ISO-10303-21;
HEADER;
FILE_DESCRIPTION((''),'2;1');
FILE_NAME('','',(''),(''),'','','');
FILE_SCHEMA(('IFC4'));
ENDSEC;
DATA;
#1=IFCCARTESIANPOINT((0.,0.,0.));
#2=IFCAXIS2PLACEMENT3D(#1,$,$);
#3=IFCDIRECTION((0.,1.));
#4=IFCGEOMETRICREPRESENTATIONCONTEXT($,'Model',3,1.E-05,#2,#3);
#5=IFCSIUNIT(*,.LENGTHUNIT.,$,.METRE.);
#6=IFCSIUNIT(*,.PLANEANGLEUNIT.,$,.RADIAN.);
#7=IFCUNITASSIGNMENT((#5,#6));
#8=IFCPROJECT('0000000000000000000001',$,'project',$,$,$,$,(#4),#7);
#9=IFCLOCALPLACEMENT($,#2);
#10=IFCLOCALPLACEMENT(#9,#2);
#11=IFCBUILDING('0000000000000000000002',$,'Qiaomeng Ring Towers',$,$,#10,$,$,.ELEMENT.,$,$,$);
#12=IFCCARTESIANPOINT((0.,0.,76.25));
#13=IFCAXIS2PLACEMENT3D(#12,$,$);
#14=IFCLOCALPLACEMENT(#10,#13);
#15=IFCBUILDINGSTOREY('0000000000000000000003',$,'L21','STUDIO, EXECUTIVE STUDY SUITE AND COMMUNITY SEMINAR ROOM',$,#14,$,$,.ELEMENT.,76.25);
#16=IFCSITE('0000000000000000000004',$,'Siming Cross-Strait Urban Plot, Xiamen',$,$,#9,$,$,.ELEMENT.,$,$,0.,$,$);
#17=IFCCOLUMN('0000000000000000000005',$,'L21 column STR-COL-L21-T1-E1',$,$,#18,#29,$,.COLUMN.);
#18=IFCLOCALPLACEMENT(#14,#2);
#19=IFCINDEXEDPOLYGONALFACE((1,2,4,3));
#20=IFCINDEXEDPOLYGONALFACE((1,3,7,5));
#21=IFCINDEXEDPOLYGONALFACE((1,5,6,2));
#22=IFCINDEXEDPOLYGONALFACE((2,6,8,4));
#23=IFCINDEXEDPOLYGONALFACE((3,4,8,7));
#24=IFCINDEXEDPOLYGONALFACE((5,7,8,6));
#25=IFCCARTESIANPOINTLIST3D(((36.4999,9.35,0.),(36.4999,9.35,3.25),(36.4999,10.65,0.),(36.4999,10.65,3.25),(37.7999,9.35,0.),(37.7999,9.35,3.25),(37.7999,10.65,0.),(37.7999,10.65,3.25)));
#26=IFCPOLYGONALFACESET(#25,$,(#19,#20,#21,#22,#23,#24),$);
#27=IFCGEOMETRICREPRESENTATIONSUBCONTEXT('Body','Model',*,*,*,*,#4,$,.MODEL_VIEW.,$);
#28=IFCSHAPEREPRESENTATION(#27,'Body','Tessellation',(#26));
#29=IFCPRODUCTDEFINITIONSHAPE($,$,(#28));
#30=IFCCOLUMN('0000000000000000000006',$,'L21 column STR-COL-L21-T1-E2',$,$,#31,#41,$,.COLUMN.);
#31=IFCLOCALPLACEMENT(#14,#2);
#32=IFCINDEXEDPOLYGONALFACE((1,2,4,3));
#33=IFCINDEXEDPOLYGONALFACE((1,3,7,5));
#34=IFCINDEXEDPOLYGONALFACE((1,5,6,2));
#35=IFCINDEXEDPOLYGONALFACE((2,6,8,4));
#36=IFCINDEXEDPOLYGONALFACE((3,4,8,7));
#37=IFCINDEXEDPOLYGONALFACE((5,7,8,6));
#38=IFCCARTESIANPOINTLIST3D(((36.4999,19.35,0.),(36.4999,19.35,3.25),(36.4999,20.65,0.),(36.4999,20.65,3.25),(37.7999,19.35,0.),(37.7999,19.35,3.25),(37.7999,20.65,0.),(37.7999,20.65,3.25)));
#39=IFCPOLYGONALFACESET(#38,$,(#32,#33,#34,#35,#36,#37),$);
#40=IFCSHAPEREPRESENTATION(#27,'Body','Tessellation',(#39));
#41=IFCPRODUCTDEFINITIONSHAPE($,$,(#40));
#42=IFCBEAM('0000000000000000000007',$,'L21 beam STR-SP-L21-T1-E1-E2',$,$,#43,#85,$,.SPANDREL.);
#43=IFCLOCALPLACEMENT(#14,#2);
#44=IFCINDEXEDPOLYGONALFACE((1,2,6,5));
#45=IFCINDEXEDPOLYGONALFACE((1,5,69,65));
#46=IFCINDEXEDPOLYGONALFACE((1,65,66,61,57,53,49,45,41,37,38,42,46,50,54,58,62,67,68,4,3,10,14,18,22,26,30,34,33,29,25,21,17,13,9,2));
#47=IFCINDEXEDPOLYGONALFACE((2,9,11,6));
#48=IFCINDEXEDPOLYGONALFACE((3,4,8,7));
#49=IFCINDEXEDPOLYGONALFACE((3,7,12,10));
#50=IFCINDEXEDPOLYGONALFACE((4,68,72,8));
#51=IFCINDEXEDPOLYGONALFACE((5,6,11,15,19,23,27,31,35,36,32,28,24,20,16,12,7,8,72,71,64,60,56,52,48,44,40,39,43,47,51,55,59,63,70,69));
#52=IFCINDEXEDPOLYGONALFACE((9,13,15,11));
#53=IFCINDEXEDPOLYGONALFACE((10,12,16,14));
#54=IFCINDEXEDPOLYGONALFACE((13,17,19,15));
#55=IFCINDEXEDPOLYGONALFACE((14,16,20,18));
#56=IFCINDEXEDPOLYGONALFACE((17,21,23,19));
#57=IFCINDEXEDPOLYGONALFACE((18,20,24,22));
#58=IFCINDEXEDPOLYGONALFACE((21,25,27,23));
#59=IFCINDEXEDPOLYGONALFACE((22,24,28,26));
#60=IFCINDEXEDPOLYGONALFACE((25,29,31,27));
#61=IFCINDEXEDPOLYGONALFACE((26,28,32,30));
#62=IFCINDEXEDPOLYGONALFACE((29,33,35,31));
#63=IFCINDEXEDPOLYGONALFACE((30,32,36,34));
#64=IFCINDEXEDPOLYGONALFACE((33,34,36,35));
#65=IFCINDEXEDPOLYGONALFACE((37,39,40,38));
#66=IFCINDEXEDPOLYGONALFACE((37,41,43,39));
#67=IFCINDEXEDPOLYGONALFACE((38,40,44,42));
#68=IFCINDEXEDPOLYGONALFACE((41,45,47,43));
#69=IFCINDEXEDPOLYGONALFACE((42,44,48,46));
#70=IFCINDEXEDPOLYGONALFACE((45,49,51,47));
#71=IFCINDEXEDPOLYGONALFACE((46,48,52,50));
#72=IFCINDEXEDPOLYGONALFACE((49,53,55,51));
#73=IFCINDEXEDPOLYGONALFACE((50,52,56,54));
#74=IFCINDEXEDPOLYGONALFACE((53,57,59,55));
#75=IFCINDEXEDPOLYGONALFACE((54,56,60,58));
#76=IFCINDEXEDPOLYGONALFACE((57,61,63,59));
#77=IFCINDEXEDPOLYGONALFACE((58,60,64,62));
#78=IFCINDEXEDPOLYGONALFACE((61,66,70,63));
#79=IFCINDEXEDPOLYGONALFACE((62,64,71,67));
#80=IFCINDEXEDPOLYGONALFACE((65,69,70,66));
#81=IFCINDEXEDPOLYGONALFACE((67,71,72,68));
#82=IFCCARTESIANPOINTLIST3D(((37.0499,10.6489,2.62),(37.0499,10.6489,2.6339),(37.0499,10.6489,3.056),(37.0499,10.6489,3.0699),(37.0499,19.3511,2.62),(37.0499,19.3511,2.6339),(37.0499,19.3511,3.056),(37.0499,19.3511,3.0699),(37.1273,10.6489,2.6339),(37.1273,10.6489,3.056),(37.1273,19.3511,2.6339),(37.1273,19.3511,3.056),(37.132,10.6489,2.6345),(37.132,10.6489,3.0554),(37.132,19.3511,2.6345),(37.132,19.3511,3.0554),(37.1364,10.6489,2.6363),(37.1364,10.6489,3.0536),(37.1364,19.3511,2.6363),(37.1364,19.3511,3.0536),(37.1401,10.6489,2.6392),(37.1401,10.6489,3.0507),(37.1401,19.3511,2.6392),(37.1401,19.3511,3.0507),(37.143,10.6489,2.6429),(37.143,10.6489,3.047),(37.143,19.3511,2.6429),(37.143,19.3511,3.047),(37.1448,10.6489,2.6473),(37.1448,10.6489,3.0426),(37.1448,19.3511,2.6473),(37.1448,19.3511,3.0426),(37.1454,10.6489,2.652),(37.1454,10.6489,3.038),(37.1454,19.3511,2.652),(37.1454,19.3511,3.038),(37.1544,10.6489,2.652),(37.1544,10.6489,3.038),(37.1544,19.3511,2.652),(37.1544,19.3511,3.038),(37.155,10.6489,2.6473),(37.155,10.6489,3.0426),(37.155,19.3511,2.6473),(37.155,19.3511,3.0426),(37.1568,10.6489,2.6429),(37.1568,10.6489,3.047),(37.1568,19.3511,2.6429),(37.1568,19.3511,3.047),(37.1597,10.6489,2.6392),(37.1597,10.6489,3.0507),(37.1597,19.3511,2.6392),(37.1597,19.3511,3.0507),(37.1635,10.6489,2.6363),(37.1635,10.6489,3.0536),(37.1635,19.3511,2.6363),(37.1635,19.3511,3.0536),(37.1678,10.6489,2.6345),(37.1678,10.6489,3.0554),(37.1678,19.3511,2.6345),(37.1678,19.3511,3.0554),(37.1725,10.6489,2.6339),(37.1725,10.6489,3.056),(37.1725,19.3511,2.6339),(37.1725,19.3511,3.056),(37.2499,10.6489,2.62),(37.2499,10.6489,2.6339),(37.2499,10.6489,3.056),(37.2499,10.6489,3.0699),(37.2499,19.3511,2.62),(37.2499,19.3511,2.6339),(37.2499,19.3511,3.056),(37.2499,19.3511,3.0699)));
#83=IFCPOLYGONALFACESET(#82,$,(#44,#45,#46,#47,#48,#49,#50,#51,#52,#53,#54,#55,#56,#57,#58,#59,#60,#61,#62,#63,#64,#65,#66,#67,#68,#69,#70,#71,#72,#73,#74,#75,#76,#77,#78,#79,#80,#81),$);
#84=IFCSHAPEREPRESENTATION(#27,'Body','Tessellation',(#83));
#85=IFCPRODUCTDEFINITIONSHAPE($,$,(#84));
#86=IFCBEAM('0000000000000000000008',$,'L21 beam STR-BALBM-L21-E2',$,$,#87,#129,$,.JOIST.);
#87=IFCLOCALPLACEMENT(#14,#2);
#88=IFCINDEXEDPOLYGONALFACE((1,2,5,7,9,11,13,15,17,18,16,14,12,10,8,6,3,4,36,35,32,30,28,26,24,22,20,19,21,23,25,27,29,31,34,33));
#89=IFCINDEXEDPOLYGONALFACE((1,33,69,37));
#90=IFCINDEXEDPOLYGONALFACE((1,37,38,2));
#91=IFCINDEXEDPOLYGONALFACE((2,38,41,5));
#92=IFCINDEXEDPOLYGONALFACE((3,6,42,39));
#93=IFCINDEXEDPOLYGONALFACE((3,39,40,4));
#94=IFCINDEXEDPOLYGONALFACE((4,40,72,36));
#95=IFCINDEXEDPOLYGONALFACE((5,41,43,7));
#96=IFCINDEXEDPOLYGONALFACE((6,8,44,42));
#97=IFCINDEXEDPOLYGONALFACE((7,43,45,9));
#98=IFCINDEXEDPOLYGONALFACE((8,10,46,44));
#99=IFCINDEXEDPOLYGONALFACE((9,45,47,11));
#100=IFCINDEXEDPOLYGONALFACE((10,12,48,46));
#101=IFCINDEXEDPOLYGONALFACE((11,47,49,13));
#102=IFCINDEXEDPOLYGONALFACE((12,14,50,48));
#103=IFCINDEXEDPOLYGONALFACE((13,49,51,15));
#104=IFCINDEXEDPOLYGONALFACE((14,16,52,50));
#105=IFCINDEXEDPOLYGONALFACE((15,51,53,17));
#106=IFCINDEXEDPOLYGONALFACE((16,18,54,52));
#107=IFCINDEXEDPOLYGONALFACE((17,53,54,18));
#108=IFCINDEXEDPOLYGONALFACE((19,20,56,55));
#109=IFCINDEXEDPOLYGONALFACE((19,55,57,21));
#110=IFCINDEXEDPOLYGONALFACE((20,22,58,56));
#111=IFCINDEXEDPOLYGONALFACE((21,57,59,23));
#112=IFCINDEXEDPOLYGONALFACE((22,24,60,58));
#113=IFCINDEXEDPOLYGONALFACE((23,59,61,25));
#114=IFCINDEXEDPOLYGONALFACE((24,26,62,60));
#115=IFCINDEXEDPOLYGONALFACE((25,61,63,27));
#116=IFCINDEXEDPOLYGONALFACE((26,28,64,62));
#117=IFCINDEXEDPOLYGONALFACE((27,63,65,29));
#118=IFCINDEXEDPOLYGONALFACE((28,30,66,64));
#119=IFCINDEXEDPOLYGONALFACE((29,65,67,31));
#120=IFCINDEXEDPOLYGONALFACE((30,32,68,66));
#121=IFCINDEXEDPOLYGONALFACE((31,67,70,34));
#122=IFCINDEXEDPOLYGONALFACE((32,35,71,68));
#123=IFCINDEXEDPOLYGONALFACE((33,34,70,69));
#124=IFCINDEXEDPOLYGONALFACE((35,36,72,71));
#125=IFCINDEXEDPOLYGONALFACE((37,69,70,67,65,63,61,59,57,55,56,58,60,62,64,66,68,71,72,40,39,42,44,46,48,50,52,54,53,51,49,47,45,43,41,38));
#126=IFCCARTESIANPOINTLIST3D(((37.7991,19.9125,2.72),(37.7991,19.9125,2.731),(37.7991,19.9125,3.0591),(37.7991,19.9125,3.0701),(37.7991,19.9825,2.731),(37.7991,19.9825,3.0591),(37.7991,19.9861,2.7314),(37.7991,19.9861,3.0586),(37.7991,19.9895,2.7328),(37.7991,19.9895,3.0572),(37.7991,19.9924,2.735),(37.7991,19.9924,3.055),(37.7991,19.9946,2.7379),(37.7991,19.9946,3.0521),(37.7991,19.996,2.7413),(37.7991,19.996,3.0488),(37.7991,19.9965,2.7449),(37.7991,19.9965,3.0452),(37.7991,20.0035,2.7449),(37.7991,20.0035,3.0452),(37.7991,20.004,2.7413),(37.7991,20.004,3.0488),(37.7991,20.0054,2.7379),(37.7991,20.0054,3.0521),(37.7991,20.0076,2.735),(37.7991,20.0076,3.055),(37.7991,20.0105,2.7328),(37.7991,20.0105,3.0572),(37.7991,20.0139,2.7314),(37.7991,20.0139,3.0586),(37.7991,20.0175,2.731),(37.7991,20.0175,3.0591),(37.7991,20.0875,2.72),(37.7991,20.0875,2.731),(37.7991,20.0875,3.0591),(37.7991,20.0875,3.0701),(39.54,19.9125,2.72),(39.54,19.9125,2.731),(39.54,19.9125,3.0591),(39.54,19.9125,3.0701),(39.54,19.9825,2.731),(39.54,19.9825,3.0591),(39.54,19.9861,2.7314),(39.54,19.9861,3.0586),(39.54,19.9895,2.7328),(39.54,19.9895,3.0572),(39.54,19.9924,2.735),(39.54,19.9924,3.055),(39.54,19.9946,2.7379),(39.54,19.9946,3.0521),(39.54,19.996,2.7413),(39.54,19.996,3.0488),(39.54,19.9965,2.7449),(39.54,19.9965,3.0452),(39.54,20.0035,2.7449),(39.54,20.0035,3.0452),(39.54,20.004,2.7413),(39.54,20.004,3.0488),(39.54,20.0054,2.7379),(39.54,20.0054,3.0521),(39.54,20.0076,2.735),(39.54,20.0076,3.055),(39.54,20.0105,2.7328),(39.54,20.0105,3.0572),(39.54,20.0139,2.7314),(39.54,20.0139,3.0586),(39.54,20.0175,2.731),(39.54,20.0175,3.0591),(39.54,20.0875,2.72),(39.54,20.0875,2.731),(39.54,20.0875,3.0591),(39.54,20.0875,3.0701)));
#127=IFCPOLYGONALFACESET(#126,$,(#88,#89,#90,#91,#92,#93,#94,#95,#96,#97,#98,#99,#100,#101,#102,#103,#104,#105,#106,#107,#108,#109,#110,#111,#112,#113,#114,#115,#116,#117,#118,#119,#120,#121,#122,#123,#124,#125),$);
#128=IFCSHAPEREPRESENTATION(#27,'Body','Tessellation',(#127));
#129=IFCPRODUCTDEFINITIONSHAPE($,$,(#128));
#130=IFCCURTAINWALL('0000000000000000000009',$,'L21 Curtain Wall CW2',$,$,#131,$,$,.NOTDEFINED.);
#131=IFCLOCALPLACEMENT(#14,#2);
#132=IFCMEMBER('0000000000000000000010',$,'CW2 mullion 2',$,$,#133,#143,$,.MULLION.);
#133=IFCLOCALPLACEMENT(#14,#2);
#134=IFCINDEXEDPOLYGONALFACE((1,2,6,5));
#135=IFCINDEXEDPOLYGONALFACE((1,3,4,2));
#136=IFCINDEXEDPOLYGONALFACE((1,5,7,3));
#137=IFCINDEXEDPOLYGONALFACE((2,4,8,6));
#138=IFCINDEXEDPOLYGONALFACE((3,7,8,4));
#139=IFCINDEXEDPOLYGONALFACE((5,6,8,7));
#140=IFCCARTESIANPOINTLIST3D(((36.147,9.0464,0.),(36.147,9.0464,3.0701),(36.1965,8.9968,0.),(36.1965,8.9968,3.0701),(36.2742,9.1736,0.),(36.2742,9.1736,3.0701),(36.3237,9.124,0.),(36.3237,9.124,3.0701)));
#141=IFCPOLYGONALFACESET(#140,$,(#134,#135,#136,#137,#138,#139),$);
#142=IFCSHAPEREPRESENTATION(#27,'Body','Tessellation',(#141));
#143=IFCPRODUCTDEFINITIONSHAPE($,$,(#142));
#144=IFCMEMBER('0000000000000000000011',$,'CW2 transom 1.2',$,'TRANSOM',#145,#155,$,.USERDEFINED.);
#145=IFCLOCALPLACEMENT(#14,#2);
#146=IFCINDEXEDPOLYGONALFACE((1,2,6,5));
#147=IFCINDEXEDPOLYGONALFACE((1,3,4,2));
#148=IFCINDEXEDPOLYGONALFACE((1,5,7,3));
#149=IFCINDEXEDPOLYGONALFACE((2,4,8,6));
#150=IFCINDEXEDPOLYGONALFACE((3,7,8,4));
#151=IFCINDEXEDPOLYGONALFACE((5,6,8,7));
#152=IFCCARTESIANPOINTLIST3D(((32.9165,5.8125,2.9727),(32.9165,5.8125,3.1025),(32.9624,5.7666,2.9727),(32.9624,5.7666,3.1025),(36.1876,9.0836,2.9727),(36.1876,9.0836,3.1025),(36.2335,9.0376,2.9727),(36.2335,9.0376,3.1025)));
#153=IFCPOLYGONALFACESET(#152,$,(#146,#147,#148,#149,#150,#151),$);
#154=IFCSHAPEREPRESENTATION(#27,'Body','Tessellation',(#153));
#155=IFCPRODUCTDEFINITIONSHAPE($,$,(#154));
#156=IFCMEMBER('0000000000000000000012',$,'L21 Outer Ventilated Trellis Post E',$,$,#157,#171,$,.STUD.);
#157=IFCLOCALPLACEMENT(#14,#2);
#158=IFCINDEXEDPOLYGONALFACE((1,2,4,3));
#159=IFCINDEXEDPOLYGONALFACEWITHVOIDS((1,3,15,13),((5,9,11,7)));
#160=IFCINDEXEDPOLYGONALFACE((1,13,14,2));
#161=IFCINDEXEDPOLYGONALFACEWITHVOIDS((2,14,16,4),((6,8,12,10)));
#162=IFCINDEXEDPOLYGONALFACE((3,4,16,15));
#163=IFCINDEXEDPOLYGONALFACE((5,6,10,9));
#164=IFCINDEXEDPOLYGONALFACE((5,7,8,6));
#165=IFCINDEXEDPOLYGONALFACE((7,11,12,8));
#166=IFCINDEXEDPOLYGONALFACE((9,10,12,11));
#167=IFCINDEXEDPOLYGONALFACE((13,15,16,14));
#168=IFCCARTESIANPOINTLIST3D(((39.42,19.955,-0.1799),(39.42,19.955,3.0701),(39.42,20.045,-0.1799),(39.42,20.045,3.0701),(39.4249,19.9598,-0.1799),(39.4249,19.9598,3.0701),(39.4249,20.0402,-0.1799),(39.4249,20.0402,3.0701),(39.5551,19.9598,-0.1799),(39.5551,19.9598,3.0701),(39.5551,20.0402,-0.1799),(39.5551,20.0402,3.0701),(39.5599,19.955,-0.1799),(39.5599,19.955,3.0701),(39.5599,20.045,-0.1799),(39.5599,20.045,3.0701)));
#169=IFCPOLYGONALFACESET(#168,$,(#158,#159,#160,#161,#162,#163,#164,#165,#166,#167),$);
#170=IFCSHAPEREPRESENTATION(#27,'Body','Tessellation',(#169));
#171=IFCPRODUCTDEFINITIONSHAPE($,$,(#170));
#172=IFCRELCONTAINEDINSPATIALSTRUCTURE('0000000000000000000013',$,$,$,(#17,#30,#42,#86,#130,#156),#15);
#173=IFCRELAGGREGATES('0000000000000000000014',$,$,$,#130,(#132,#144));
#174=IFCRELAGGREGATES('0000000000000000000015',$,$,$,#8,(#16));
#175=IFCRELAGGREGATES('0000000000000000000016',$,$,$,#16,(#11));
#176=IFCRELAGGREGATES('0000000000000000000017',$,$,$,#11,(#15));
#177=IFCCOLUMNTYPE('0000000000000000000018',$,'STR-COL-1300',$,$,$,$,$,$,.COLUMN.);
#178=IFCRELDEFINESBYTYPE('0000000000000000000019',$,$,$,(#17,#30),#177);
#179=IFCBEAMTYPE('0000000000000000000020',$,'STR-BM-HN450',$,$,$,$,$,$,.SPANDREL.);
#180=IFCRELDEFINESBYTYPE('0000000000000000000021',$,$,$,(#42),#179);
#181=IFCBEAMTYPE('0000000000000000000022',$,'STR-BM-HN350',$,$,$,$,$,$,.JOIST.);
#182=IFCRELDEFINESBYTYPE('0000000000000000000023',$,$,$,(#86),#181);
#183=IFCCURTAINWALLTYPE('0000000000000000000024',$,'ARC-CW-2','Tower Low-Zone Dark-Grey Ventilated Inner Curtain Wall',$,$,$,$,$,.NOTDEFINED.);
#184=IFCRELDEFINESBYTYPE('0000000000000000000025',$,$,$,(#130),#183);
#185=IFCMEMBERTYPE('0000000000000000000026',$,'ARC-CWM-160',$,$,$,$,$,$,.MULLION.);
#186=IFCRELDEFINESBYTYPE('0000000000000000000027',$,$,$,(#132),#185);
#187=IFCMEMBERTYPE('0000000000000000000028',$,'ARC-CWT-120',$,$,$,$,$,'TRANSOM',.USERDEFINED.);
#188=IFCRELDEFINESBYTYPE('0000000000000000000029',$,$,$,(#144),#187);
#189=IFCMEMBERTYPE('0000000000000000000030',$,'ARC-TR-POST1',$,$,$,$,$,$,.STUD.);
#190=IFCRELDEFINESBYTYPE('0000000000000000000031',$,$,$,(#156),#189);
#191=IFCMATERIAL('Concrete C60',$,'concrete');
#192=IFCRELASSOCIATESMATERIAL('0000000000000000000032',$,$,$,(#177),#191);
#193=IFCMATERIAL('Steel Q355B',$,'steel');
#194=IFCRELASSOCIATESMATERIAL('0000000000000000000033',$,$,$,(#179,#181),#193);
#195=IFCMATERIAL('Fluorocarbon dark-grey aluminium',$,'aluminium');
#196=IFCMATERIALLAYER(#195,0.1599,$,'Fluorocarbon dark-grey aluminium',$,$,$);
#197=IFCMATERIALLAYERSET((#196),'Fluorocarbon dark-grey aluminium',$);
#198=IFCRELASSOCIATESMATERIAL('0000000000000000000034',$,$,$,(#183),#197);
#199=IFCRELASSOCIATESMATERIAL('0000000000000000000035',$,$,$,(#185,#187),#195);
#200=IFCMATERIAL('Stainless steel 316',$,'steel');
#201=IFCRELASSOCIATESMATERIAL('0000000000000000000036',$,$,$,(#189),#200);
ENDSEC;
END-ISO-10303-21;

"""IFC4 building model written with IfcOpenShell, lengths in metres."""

from ifc_helpers import new_model, si_unit, direction, frame, origin, origin_2d, place, context, subcontext, project, spatial, rectangle, hollow_rectangle, i_section, extrude, source, transform, mapped, material, layer, layer_set, material_profile, profile_set, type_object, element, aggregate, save


model = new_model("IFC4")

# Units and contexts
model_context = context("Model", 3, precision=1e-05, world=origin(), true_north=direction((0.0, 1.0)))
body_context = subcontext(model_context, "Body", "Model", "MODEL_VIEW")
ifc_project = project(units=[si_unit("LENGTHUNIT", "METRE"), si_unit("PLANEANGLEUNIT", "RADIAN")], contexts=[model_context])

# Site, building, storey
site_placement = place(None, origin())
site = spatial("IfcSite", under=ifc_project, at=site_placement, Name="Siming Cross-Strait Urban Plot, Xiamen", CompositionType="ELEMENT", RefElevation=0.0)
building_placement = place(site_placement, origin())
building = spatial("IfcBuilding", under=site, at=building_placement, Name="Qiaomeng Ring Towers", CompositionType="ELEMENT")
storey_placement = place(building_placement, frame((0.0, 0.0, 76.25)))
storey = spatial("IfcBuildingStorey", under=building, at=storey_placement, Name="L21", Description="STUDIO, EXECUTIVE STUDY SUITE AND COMMUNITY SEMINAR ROOM", CompositionType="ELEMENT", Elevation=76.25)

# Columns
ifc_material_1 = material(Name="Concrete C60", Category="concrete")
ifc_material_profile_1 = material_profile(ifc_material_1, rectangle(XDim=1.3, YDim=1.3, at=origin_2d()), Name="RC COL 1300x1300")
ifc_profile_set_1 = profile_set([ifc_material_profile_1], Name="Concrete C60")
column_type = type_object("IfcColumnType", Name="STR-COL-1300", PredefinedType="COLUMN", material=ifc_profile_set_1)
shared_shape_1 = source(origin(), body_context, "Body", "SweptSolid", [
    extrude(rectangle(XDim=1.3, YDim=1.3, at=origin_2d()), origin(), (0.0, 0.0, 1.0), 3.25),
])
for number, where, z_axis, x_axis, name in (
    (1, (37.1499, 10.0, 0.0), (0.0, 0.0, 1.0), (1.0, 0.0, 0.0), "L21 column STR-COL-L21-T1-E1"),
    (2, (37.1499, 20.0, 0.0), (0.0, 0.0, 1.0), (1.0, 0.0, 0.0), "L21 column STR-COL-L21-T1-E2"),
):
    element("IfcColumn", number, at=place(storey_placement, frame(where, z_axis=z_axis, x_axis=x_axis)), inside=storey, type_object=column_type, Name=name, PredefinedType="COLUMN", context=body_context, shape_type="MappedRepresentation", body=[
        mapped(shared_shape_1, transform((0.0, 0.0, 0.0), x_axis=(1.0, 0.0, 0.0), y_axis=(0.0, 1.0, 0.0), z_axis=(0.0, 0.0, 1.0), scale=1.0)),
    ])

# Beams
ifc_material_2 = material(Name="Steel Q355B", Category="steel")
ifc_material_profile_2 = material_profile(ifc_material_2, i_section(OverallWidth=0.2, OverallDepth=0.45, WebThickness=0.009, FlangeThickness=0.0139, FilletRadius=0.0181, at=origin_2d()), Name="HN 450x200x9x14")
ifc_profile_set_2 = profile_set([ifc_material_profile_2], Name="Steel Q355B")
beam_type_1 = type_object("IfcBeamType", Name="STR-BM-HN450", PredefinedType="SPANDREL", material=ifc_profile_set_2)
shared_shape_2 = source(origin(), body_context, "Body", "SweptSolid", [
    extrude(i_section(OverallWidth=0.2, OverallDepth=0.45, WebThickness=0.009, FlangeThickness=0.0139, FilletRadius=0.0181, at=origin_2d()), origin(), (0.0, 0.0, 1.0), 8.7021),
])
beam_1_placement = place(storey_placement, frame((37.1499, 10.6489, 2.845), z_axis=(0.0, 1.0, 0.0), x_axis=(-1.0, 0.0, 0.0)))
element("IfcBeam", 3, at=beam_1_placement, inside=storey, type_object=beam_type_1, Name="L21 beam STR-SP-L21-T1-E1-E2", PredefinedType="SPANDREL", context=body_context, shape_type="MappedRepresentation", body=[
    mapped(shared_shape_2, transform((0.0, 0.0, 0.0), x_axis=(1.0, 0.0, 0.0), y_axis=(0.0, 1.0, 0.0), z_axis=(0.0, 0.0, 1.0), scale=1.0)),
])
ifc_material_profile_3 = material_profile(ifc_material_2, i_section(OverallWidth=0.175, OverallDepth=0.3501, WebThickness=0.0071, FlangeThickness=0.011, FilletRadius=0.0139, at=origin_2d()), Name="HN 350x175x7x11")
ifc_profile_set_3 = profile_set([ifc_material_profile_3], Name="Steel Q355B")
beam_type_2 = type_object("IfcBeamType", Name="STR-BM-HN350", PredefinedType="JOIST", material=ifc_profile_set_3)
shared_shape_3 = source(origin(), body_context, "Body", "SweptSolid", [
    extrude(i_section(OverallWidth=0.175, OverallDepth=0.3501, WebThickness=0.0071, FlangeThickness=0.011, FilletRadius=0.0139, at=origin_2d()), origin(), (0.0, 0.0, 1.0), 1.741),
])
beam_2_placement = place(storey_placement, frame((37.7991, 20.0, 2.895), z_axis=(1.0, 0.0, 0.0), x_axis=(0.0, 1.0, 0.0)))
element("IfcBeam", 4, at=beam_2_placement, inside=storey, type_object=beam_type_2, Name="L21 beam STR-BALBM-L21-E2", PredefinedType="JOIST", context=body_context, shape_type="MappedRepresentation", body=[
    mapped(shared_shape_3, transform((0.0, 0.0, 0.0), x_axis=(1.0, 0.0, 0.0), y_axis=(0.0, 1.0, 0.0), z_axis=(0.0, 0.0, 1.0), scale=1.0)),
])

# Curtain wall, members
ifc_material_3 = material(Name="Fluorocarbon dark-grey aluminium", Category="aluminium")
ifc_layer_1 = layer(ifc_material_3, 0.1599, Name="Fluorocarbon dark-grey aluminium")
ifc_layer_set_1 = layer_set([ifc_layer_1], Name="Fluorocarbon dark-grey aluminium")
curtain_wall_type = type_object("IfcCurtainWallType", Name="ARC-CW-2", Description="Tower Low-Zone Dark-Grey Ventilated Inner Curtain Wall", PredefinedType="NOTDEFINED", material=ifc_layer_set_1)
curtain_wall_placement = place(storey_placement, origin())
curtain_wall = element("IfcCurtainWall", 5, at=curtain_wall_placement, inside=storey, type_object=curtain_wall_type, Name="L21 Curtain Wall CW2", PredefinedType="NOTDEFINED")
ifc_material_profile_4 = material_profile(ifc_material_3, rectangle(XDim=0.0701, YDim=0.1799, at=origin_2d()), Name="ALU MULL 70x180")
ifc_profile_set_4 = profile_set([ifc_material_profile_4], Name="Fluorocarbon dark-grey aluminium")
member_type_1 = type_object("IfcMemberType", Name="ARC-CWM-160", PredefinedType="MULLION", material=ifc_profile_set_4)
shared_shape_4 = source(origin(), body_context, "Body", "SweptSolid", [
    extrude(rectangle(XDim=0.0701, YDim=0.1799, at=origin_2d()), origin(), (0.0, 0.0, 1.0), 3.0701),
])
member_1_placement = place(storey_placement, frame((36.2354, 9.0852, 0.0), z_axis=(0.0, 0.0, 1.0), x_axis=(-0.707107, 0.707107, 0.0)))
member_1 = element("IfcMember", 6, at=member_1_placement, type_object=member_type_1, Name="CW2 mullion 2", PredefinedType="MULLION", context=body_context, shape_type="MappedRepresentation", body=[
    mapped(shared_shape_4, transform((0.0, 0.0, 0.0), x_axis=(1.0, 0.0, 0.0), y_axis=(0.0, 1.0, 0.0), z_axis=(0.0, 0.0, 1.0), scale=1.0)),
])
ifc_material_profile_5 = material_profile(ifc_material_3, rectangle(XDim=0.0649, YDim=0.1299, at=origin_2d()), Name="ALU TRAN 65x130")
ifc_profile_set_5 = profile_set([ifc_material_profile_5], Name="Fluorocarbon dark-grey aluminium")
member_type_2 = type_object("IfcMemberType", Name="ARC-CWT-120", ElementType="TRANSOM", PredefinedType="USERDEFINED", material=ifc_profile_set_5)
shared_shape_5 = source(origin(), body_context, "Body", "SweptSolid", [
    extrude(rectangle(XDim=0.0649, YDim=0.1299, at=origin_2d()), origin(), (0.0, 0.0, 1.0), 4.626),
])
member_2_placement = place(storey_placement, frame((32.9395, 5.7896, 3.0376), z_axis=(0.707107, 0.707107, 0.0), x_axis=(-0.707107, 0.707107, 0.0)))
member_2 = element("IfcMember", 7, at=member_2_placement, type_object=member_type_2, Name="CW2 transom 1.2", ObjectType="TRANSOM", PredefinedType="USERDEFINED", context=body_context, shape_type="MappedRepresentation", body=[
    mapped(shared_shape_5, transform((0.0, 0.0, 0.0), x_axis=(1.0, 0.0, 0.0), y_axis=(0.0, 1.0, 0.0), z_axis=(0.0, 0.0, 1.0), scale=1.0)),
])

# Member
ifc_material_4 = material(Name="Stainless steel 316", Category="steel")
ifc_material_profile_6 = material_profile(ifc_material_4, hollow_rectangle(XDim=0.0901, YDim=0.1399, WallThickness=0.0049, at=origin_2d()), Name="SS TRELLIS 90x140")
ifc_profile_set_6 = profile_set([ifc_material_profile_6], Name="Stainless steel 316")
member_type_3 = type_object("IfcMemberType", Name="ARC-TR-POST1", PredefinedType="STUD", material=ifc_profile_set_6)
shared_shape_6 = source(origin(), body_context, "Body", "SweptSolid", [
    extrude(hollow_rectangle(XDim=0.0901, YDim=0.1399, WallThickness=0.0049, at=origin_2d()), origin(), (0.0, 0.0, 1.0), 3.25),
])
member_3_placement = place(storey_placement, frame((39.49, 20.0, -0.1799), z_axis=(0.0, 0.0, 1.0), x_axis=(0.0, 1.0, 0.0)))
element("IfcMember", 8, at=member_3_placement, inside=storey, type_object=member_type_3, Name="L21 Outer Ventilated Trellis Post E", PredefinedType="STUD", context=body_context, shape_type="MappedRepresentation", body=[
    mapped(shared_shape_6, transform((0.0, 0.0, 0.0), x_axis=(1.0, 0.0, 0.0), y_axis=(0.0, 1.0, 0.0), z_axis=(0.0, 0.0, 1.0), scale=1.0)),
])

aggregate(curtain_wall, [member_1, member_2])

save(model, "model.ifc")
